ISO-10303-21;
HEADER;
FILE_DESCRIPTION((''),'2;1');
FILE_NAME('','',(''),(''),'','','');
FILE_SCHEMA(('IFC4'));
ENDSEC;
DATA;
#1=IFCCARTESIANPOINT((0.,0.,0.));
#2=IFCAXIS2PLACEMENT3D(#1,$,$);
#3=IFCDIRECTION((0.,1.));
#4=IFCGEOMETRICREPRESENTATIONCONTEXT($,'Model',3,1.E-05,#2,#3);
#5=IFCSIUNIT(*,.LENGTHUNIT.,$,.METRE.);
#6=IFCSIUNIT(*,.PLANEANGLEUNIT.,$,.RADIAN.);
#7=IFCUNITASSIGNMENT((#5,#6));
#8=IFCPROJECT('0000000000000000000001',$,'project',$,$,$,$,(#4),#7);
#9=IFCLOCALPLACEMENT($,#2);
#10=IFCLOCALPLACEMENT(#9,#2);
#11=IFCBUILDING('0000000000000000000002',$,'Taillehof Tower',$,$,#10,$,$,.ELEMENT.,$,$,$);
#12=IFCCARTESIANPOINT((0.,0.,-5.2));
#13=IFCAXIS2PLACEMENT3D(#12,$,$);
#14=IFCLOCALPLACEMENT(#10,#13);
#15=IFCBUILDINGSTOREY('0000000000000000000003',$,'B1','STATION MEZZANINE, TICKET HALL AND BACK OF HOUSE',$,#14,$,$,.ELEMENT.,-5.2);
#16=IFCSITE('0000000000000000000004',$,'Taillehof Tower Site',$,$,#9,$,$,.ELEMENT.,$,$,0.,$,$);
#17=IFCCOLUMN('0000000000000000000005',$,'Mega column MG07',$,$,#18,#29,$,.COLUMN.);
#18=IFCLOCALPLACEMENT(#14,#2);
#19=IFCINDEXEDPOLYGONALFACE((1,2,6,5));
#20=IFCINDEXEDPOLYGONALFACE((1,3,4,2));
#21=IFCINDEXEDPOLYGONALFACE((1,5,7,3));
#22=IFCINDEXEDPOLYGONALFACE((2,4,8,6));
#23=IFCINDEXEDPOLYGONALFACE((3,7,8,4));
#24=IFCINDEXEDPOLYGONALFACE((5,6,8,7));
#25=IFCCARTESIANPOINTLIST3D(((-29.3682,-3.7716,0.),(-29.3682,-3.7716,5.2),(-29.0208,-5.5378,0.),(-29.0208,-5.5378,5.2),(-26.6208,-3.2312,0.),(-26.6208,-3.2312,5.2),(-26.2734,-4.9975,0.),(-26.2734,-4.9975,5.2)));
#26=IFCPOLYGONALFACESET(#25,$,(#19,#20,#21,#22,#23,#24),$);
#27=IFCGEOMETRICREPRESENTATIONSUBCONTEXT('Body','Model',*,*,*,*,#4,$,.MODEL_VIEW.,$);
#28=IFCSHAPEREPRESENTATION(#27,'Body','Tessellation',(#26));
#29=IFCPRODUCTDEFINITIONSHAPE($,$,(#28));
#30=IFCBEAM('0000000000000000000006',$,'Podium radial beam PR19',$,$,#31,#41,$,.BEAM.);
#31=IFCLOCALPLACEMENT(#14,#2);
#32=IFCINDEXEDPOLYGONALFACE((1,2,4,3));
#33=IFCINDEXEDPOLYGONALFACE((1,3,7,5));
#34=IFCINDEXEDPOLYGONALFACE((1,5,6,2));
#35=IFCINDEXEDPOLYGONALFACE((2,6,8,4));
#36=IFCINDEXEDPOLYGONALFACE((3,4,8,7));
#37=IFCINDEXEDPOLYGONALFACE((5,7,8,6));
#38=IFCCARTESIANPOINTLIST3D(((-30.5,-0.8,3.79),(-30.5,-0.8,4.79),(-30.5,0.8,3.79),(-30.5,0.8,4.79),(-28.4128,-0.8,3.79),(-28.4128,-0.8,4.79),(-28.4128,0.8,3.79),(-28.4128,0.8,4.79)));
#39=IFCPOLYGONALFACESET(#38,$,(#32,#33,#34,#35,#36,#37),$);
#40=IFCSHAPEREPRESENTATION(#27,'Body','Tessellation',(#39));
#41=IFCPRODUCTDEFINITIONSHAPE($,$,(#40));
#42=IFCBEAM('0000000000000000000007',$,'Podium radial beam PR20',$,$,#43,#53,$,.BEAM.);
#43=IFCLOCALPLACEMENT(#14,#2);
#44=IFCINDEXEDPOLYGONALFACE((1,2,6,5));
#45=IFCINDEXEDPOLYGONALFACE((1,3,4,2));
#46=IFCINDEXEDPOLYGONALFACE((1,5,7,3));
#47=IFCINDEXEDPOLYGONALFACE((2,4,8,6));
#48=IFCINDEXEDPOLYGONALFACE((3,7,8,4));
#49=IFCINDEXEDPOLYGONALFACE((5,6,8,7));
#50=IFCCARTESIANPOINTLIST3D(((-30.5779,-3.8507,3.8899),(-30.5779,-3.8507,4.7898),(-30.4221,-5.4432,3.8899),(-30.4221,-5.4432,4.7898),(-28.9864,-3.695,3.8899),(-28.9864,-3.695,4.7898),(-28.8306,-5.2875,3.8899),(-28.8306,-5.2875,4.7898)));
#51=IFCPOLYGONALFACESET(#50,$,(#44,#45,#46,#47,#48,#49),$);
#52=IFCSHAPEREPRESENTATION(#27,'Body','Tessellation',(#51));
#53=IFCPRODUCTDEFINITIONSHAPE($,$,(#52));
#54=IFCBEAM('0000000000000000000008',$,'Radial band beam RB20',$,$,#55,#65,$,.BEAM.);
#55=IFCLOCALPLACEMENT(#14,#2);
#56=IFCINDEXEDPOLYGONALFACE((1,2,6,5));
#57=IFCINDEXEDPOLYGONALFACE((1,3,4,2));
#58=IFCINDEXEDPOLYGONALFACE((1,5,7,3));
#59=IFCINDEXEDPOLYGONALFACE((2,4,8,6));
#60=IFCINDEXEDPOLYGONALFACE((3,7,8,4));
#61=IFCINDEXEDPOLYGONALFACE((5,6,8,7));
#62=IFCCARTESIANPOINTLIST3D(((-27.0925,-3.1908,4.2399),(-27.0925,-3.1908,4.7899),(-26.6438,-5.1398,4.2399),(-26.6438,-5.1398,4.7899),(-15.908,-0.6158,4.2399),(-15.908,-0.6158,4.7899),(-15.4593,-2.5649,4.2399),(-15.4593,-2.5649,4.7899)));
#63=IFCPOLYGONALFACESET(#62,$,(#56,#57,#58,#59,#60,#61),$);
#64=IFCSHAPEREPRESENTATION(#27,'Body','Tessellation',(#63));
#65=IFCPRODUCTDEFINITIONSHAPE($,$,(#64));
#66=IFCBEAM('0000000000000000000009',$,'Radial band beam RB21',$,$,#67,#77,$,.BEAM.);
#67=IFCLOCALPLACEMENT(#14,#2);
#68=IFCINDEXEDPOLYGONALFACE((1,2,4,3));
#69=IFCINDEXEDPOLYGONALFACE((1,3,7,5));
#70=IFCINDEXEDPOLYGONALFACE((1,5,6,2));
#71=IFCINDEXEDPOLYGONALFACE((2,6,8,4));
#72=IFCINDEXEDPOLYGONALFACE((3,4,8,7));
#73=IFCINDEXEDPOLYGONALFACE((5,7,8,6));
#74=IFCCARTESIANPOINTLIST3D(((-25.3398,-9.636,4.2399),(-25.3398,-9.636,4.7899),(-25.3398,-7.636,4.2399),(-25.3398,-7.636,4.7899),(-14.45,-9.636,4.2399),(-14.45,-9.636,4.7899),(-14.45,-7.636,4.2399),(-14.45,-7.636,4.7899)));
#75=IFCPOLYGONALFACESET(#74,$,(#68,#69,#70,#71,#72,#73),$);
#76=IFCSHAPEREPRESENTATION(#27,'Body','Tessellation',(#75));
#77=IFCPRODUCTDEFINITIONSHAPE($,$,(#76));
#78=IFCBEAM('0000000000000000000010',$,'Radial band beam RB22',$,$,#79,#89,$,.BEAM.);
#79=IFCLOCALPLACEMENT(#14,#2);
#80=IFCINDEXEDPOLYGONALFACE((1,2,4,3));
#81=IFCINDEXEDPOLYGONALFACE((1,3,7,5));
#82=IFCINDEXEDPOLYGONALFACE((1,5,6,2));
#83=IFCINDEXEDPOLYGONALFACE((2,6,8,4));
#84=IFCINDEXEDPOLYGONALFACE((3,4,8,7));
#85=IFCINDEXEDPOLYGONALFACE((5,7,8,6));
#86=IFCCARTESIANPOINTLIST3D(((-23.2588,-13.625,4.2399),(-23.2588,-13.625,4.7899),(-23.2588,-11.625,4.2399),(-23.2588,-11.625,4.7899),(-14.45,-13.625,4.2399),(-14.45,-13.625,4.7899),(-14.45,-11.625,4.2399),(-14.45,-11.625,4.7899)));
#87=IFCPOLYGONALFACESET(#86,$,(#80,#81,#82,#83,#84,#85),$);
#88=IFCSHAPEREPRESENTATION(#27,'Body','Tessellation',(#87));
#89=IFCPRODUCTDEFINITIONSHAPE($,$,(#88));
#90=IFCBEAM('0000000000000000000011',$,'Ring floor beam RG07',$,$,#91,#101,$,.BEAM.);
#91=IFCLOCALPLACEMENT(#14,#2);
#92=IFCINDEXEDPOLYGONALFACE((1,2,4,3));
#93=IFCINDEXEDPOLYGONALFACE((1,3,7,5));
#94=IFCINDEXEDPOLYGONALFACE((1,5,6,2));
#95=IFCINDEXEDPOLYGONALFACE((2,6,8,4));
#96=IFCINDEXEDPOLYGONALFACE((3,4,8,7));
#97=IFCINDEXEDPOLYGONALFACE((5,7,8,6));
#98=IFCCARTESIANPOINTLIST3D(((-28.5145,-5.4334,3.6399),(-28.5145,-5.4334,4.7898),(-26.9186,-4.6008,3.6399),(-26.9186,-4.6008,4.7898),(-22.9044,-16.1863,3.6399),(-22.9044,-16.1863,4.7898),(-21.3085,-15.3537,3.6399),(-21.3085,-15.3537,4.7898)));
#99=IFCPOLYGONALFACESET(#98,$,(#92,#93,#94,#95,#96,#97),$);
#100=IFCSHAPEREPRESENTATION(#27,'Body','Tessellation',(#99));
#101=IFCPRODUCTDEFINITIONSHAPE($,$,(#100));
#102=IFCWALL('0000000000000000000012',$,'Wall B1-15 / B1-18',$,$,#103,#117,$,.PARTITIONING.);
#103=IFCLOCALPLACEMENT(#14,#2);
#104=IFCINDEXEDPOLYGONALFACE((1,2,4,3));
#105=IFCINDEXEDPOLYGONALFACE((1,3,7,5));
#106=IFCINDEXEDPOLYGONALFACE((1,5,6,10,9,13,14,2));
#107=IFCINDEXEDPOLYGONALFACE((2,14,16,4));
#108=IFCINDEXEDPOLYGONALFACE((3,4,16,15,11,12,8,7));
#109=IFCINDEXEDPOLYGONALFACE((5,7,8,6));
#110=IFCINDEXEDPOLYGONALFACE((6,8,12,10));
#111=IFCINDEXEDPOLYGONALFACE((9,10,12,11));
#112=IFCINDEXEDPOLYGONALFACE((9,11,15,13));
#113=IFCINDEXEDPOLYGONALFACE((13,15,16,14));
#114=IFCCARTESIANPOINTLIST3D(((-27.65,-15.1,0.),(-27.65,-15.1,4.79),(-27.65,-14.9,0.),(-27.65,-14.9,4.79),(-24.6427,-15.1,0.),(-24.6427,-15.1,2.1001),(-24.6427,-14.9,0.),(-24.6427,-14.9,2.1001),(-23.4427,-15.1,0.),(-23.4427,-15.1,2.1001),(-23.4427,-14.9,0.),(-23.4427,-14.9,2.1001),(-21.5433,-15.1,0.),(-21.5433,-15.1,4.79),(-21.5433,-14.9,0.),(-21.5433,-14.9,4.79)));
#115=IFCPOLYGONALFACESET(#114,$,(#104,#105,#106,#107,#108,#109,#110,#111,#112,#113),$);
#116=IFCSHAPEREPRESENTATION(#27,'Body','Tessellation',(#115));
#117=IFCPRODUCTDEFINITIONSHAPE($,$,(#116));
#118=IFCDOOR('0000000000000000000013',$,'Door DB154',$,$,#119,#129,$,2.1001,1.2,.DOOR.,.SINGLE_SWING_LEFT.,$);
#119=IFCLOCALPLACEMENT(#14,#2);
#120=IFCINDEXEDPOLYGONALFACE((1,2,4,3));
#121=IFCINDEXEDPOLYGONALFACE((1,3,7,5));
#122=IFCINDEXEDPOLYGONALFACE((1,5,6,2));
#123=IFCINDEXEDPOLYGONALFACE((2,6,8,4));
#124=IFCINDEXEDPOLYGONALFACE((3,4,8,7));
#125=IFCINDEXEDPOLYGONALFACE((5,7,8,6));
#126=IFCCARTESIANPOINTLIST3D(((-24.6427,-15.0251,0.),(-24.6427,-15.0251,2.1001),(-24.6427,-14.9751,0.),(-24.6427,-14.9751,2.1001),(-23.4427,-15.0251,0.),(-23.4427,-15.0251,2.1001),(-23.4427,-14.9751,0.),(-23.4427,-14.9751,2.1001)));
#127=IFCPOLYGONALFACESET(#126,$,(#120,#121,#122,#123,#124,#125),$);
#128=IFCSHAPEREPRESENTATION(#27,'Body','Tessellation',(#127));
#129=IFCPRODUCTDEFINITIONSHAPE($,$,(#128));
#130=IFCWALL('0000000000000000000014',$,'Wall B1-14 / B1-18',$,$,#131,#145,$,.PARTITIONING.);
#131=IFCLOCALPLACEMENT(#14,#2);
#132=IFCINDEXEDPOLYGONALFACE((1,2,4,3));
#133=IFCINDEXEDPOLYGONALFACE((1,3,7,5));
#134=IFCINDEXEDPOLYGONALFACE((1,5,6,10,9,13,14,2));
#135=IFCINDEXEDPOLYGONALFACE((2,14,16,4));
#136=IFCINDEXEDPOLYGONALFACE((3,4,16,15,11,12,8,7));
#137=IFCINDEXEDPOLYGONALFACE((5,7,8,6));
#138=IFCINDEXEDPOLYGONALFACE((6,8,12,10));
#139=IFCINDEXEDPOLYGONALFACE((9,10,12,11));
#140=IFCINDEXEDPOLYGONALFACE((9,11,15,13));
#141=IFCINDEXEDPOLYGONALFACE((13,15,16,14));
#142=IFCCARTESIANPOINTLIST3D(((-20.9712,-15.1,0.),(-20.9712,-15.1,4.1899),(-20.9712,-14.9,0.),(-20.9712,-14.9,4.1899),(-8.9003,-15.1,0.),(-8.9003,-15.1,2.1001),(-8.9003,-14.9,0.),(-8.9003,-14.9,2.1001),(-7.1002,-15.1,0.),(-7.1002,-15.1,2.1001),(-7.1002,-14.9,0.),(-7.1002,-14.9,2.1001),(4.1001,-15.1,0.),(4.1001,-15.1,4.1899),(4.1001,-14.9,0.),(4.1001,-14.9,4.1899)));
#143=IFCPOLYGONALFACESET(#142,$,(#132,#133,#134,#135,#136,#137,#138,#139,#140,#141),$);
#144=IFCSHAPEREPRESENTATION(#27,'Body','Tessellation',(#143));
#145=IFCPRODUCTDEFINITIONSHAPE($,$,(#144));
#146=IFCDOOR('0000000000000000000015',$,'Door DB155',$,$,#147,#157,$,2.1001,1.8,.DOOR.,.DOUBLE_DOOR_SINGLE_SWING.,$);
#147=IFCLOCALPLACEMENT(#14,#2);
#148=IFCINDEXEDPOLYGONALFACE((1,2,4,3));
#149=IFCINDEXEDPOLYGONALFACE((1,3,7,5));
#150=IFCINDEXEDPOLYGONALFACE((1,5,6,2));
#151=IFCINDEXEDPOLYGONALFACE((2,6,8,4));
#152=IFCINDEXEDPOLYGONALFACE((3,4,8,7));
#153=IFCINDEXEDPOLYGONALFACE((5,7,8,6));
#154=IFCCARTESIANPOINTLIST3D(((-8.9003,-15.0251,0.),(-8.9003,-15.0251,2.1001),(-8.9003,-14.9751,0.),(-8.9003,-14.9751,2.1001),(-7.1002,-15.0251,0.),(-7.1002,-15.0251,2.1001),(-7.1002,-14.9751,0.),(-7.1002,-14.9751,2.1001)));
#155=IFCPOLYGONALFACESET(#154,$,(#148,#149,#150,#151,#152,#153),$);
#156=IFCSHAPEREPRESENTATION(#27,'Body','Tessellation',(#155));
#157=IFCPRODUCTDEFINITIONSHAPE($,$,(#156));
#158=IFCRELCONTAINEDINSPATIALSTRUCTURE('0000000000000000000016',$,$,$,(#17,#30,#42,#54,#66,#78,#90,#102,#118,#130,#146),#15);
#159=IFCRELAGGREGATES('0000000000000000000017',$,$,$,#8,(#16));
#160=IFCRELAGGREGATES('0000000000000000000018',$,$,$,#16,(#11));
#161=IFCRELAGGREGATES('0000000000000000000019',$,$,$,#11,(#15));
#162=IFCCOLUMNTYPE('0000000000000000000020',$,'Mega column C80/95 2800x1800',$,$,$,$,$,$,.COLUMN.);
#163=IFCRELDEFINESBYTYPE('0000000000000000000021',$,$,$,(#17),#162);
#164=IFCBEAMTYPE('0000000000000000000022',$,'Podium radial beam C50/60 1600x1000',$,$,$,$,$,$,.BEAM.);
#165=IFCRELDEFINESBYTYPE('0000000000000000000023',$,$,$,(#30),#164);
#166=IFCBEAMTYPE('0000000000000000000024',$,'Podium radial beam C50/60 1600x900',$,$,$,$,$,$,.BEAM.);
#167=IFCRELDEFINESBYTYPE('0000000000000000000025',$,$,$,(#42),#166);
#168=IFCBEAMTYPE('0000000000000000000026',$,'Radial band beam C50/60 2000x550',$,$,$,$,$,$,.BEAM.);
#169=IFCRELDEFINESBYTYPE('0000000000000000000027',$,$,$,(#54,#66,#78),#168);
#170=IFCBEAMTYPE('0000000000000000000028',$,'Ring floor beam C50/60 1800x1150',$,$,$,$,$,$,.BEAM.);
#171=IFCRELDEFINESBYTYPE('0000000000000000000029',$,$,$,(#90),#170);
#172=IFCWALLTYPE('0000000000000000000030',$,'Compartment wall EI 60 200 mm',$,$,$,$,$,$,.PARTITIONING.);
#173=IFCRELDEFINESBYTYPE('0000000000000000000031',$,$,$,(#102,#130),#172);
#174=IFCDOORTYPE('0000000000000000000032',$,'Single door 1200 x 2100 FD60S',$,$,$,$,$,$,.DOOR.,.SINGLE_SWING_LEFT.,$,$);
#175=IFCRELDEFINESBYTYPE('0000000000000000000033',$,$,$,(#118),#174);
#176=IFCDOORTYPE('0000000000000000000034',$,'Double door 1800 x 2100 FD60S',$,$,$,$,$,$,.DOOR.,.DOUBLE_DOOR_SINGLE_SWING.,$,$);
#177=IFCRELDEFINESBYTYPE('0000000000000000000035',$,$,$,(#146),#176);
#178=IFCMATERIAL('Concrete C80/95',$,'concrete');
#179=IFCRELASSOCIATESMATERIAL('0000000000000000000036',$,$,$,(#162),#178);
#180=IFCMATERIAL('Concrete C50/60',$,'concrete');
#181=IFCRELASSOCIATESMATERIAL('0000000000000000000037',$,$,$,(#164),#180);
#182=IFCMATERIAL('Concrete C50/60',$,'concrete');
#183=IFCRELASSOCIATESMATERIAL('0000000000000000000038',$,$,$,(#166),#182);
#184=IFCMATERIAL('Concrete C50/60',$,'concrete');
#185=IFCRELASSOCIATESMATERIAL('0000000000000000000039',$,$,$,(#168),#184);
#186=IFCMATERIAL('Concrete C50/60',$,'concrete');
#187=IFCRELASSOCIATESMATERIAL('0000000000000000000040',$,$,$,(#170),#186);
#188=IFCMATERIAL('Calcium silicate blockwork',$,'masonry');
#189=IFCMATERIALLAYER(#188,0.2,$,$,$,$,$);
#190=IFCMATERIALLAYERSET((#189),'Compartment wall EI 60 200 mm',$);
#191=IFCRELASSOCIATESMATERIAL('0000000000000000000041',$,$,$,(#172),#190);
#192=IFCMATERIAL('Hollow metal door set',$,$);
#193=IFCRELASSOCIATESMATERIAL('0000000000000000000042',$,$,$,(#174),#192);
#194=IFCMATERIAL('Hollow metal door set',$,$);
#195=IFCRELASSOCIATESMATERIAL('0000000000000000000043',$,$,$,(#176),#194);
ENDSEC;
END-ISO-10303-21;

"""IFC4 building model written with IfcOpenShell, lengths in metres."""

from ifc_helpers import new_model, si_unit, direction, frame, frame_2d, origin, origin_2d, place, context, subcontext, project, spatial, rectangle, extrude, material, layer, layer_set, material_profile, profile_set, type_object, element, fill, save


model = new_model("IFC4")

# Units and contexts
model_context = context("Model", 3, precision=1e-05, world=origin(), true_north=direction((0.0, 1.0)))
body_context = subcontext(model_context, "Body", "Model", "MODEL_VIEW")
ifc_project = project(units=[si_unit("LENGTHUNIT", "METRE"), si_unit("PLANEANGLEUNIT", "RADIAN")], contexts=[model_context])

# Site, building, storey
site_placement = place(None, origin())
site = spatial("IfcSite", under=ifc_project, at=site_placement, Name="Taillehof Tower Site", CompositionType="ELEMENT", RefElevation=0.0)
building_placement = place(site_placement, origin())
building = spatial("IfcBuilding", under=site, at=building_placement, Name="Taillehof Tower", CompositionType="ELEMENT")
storey_placement = place(building_placement, frame((0.0, 0.0, -5.2)))
storey = spatial("IfcBuildingStorey", under=building, at=storey_placement, Name="B1", Description="STATION MEZZANINE, TICKET HALL AND BACK OF HOUSE", CompositionType="ELEMENT", Elevation=-5.2)

# Column
ifc_material_1 = material(Name="Concrete C80/95", Category="concrete")
ifc_material_profile_1 = material_profile(ifc_material_1, rectangle(XDim=2.8, YDim=1.8, at=origin_2d()), Name="RC 2800x1800")
ifc_profile_set_1 = profile_set([ifc_material_profile_1], Name="Concrete C80/95")
column_type = type_object("IfcColumnType", Name="Mega column C80/95 2800x1800", PredefinedType="COLUMN", material=ifc_profile_set_1)
column_placement = place(storey_placement, frame((-27.8208, -4.3845, 0.0), z_axis=(0.0, 0.0, 1.0), x_axis=(-0.981204, -0.192976, 0.0)))
element("IfcColumn", 1, at=column_placement, inside=storey, type_object=column_type, Name="Mega column MG07", PredefinedType="COLUMN", context=body_context, shape_type="SweptSolid", body=[
    extrude(rectangle(XDim=2.8, YDim=1.8, at=origin_2d()), origin(), (0.0, 0.0, 1.0), 5.2),
])

# Beams
ifc_material_2 = material(Name="Concrete C50/60", Category="concrete")
ifc_material_profile_2 = material_profile(ifc_material_2, rectangle(XDim=1.6001, YDim=1.0, at=origin_2d()), Name="RC 1600x1000")
ifc_profile_set_2 = profile_set([ifc_material_profile_2], Name="Concrete C50/60")
beam_type_1 = type_object("IfcBeamType", Name="Podium radial beam C50/60 1600x1000", PredefinedType="BEAM", material=ifc_profile_set_2)
beam_1_placement = place(storey_placement, frame((-30.5, 0.0, 4.29), z_axis=(1.0, 0.0, 0.0), x_axis=(0.0, 1.0, 0.0)))
element("IfcBeam", 2, at=beam_1_placement, inside=storey, type_object=beam_type_1, Name="Podium radial beam PR19", PredefinedType="BEAM", context=body_context, shape_type="SweptSolid", body=[
    extrude(rectangle(XDim=1.6001, YDim=1.0, at=origin_2d()), origin(), (0.0, 0.0, 1.0), 2.0872),
])
ifc_material_3 = material(Name="Concrete C50/60", Category="concrete")
ifc_material_profile_3 = material_profile(ifc_material_3, rectangle(XDim=1.6001, YDim=0.8999, at=origin_2d()), Name="RC 1600x900")
ifc_profile_set_3 = profile_set([ifc_material_profile_3], Name="Concrete C50/60")
beam_type_2 = type_object("IfcBeamType", Name="Podium radial beam C50/60 1600x900", PredefinedType="BEAM", material=ifc_profile_set_3)
beam_2_placement = place(storey_placement, frame((-30.5, -4.647, 4.3398), z_axis=(0.995245, 0.097402, 0.0), x_axis=(-0.097402, 0.995245, 0.0)))
element("IfcBeam", 3, at=beam_2_placement, inside=storey, type_object=beam_type_2, Name="Podium radial beam PR20", PredefinedType="BEAM", context=body_context, shape_type="SweptSolid", body=[
    extrude(rectangle(XDim=1.6001, YDim=0.8999, at=origin_2d()), origin(), (0.0, 0.0, 1.0), 1.5991),
])
ifc_material_4 = material(Name="Concrete C50/60", Category="concrete")
ifc_material_profile_4 = material_profile(ifc_material_4, rectangle(XDim=2.0, YDim=0.55, at=origin_2d()), Name="RC 2000x550")
ifc_profile_set_4 = profile_set([ifc_material_profile_4], Name="Concrete C50/60")
beam_type_3 = type_object("IfcBeamType", Name="Radial band beam C50/60 2000x550", PredefinedType="BEAM", material=ifc_profile_set_4)
beam_3_placement = place(storey_placement, frame((-26.8682, -4.1653, 4.5149), z_axis=(0.974508, 0.224355, 0.0), x_axis=(-0.224355, 0.974508, 0.0)))
element("IfcBeam", 4, at=beam_3_placement, inside=storey, type_object=beam_type_3, Name="Radial band beam RB20", PredefinedType="BEAM", context=body_context, shape_type="SweptSolid", body=[
    extrude(rectangle(XDim=2.0, YDim=0.55, at=origin_2d()), origin(), (0.0, 0.0, 1.0), 11.4771),
])
beam_4_placement = place(storey_placement, frame((-25.3398, -8.636, 4.5149), z_axis=(1.0, 0.0, 0.0), x_axis=(0.0, 1.0, 0.0)))
element("IfcBeam", 5, at=beam_4_placement, inside=storey, type_object=beam_type_3, Name="Radial band beam RB21", PredefinedType="BEAM", context=body_context, shape_type="SweptSolid", body=[
    extrude(rectangle(XDim=2.0, YDim=0.55, at=origin_2d()), origin(), (0.0, 0.0, 1.0), 10.8899),
])
beam_5_placement = place(storey_placement, frame((-23.2588, -12.625, 4.5149), z_axis=(1.0, 0.0, 0.0), x_axis=(0.0, 1.0, 0.0)))
element("IfcBeam", 6, at=beam_5_placement, inside=storey, type_object=beam_type_3, Name="Radial band beam RB22", PredefinedType="BEAM", context=body_context, shape_type="SweptSolid", body=[
    extrude(rectangle(XDim=2.0, YDim=0.55, at=origin_2d()), origin(), (0.0, 0.0, 1.0), 8.8088),
])
ifc_material_5 = material(Name="Concrete C50/60", Category="concrete")
ifc_material_profile_5 = material_profile(ifc_material_5, rectangle(XDim=1.8, YDim=1.1499, at=origin_2d()), Name="RC 1800x1150")
ifc_profile_set_5 = profile_set([ifc_material_profile_5], Name="Concrete C50/60")
beam_type_4 = type_object("IfcBeamType", Name="Ring floor beam C50/60 1800x1150", PredefinedType="BEAM", material=ifc_profile_set_5)
beam_6_placement = place(storey_placement, frame((-27.7166, -5.0171, 4.2148), z_axis=(0.462558, -0.886589, 0.0), x_axis=(0.886589, 0.462558, 0.0)))
element("IfcBeam", 7, at=beam_6_placement, inside=storey, type_object=beam_type_4, Name="Ring floor beam RG07", PredefinedType="BEAM", context=body_context, shape_type="SweptSolid", body=[
    extrude(rectangle(XDim=1.8, YDim=1.1499, at=origin_2d()), origin(), (0.0, 0.0, 1.0), 12.1284),
])

# Walls, openings, doors
ifc_material_6 = material(Name="Calcium silicate blockwork", Category="masonry")
ifc_layer_1 = layer(ifc_material_6, 0.2)
ifc_layer_set_1 = layer_set([ifc_layer_1], Name="Compartment wall EI 60 200 mm")
wall_type_1 = type_object("IfcWallType", Name="Compartment wall EI 60 200 mm", PredefinedType="PARTITIONING", material=ifc_layer_set_1)
wall_1_placement = place(storey_placement, frame((-27.6499, -15.0, 0.0), z_axis=(0.0, 0.0, 1.0), x_axis=(1.0, 0.0, 0.0)))
wall_1 = element("IfcWall", 8, at=wall_1_placement, inside=storey, type_object=wall_type_1, Name="Wall B1-15 / B1-18", PredefinedType="PARTITIONING", context=body_context, shape_type="SweptSolid", body=[
    extrude(rectangle(XDim=6.1067, YDim=0.2, at=frame_2d((3.0532, 0.0))), origin(), (0.0, 0.0, 1.0), 4.79),
])
opening_1_placement = place(wall_1_placement, frame((3.0071, 0.0, 0.0)))
opening_1 = element("IfcOpeningElement", 9, at=opening_1_placement, cuts=wall_1, PredefinedType="OPENING", context=body_context, shape_type="SweptSolid", body=[
    extrude(rectangle(XDim=1.2, YDim=2.1001, at=frame_2d((0.6001, 1.05))), frame((0.0, 0.1099, 0.0), z_axis=(0.0, -1.0, 0.0), x_axis=(1.0, 0.0, 0.0)), (0.0, 0.0, 1.0), 0.22),
])
ifc_material_7 = material(Name="Hollow metal door set")
door_type_1 = type_object("IfcDoorType", Name="Single door 1200 x 2100 FD60S", OperationType="SINGLE_SWING_LEFT", PredefinedType="DOOR", material=ifc_material_7)
door_1_placement = place(opening_1_placement, origin())
door_1 = element("IfcDoor", 10, at=door_1_placement, inside=storey, type_object=door_type_1, Name="Door DB154", OperationType="SINGLE_SWING_LEFT", OverallHeight=2.1001, OverallWidth=1.2, PredefinedType="DOOR", context=body_context, shape_type="SweptSolid", body=[
    extrude(rectangle(XDim=1.2, YDim=2.1001, at=frame_2d((0.6001, 1.05))), frame((0.0, 0.0249, 0.0), z_axis=(0.0, -1.0, 0.0), x_axis=(1.0, 0.0, 0.0)), (0.0, 0.0, 1.0), 0.05),
])
fill(opening_1, door_1)
wall_2_placement = place(storey_placement, frame((-20.9712, -15.0, 0.0), z_axis=(0.0, 0.0, 1.0), x_axis=(1.0, 0.0, 0.0)))
wall_2 = element("IfcWall", 11, at=wall_2_placement, inside=storey, type_object=wall_type_1, Name="Wall B1-14 / B1-18", PredefinedType="PARTITIONING", context=body_context, shape_type="SweptSolid", body=[
    extrude(rectangle(XDim=25.0713, YDim=0.2, at=frame_2d((12.5356, 0.0))), origin(), (0.0, 0.0, 1.0), 4.1899),
])
opening_2_placement = place(wall_2_placement, frame((12.071, 0.0, 0.0)))
opening_2 = element("IfcOpeningElement", 12, at=opening_2_placement, cuts=wall_2, PredefinedType="OPENING", context=body_context, shape_type="SweptSolid", body=[
    extrude(rectangle(XDim=1.8, YDim=2.1001, at=frame_2d((0.8999, 1.05))), frame((0.0, 0.1099, 0.0), z_axis=(0.0, -1.0, 0.0), x_axis=(1.0, 0.0, 0.0)), (0.0, 0.0, 1.0), 0.22),
])
ifc_material_8 = material(Name="Hollow metal door set")
door_type_2 = type_object("IfcDoorType", Name="Double door 1800 x 2100 FD60S", OperationType="DOUBLE_DOOR_SINGLE_SWING", PredefinedType="DOOR", material=ifc_material_8)
door_2_placement = place(opening_2_placement, origin())
door_2 = element("IfcDoor", 13, at=door_2_placement, inside=storey, type_object=door_type_2, Name="Door DB155", OperationType="DOUBLE_DOOR_SINGLE_SWING", OverallHeight=2.1001, OverallWidth=1.8, PredefinedType="DOOR", context=body_context, shape_type="SweptSolid", body=[
    extrude(rectangle(XDim=1.8, YDim=2.1001, at=frame_2d((0.8999, 1.05))), frame((0.0, 0.0249, 0.0), z_axis=(0.0, -1.0, 0.0), x_axis=(1.0, 0.0, 0.0)), (0.0, 0.0, 1.0), 0.05),
])
fill(opening_2, door_2)

save(model, "model.ifc")
